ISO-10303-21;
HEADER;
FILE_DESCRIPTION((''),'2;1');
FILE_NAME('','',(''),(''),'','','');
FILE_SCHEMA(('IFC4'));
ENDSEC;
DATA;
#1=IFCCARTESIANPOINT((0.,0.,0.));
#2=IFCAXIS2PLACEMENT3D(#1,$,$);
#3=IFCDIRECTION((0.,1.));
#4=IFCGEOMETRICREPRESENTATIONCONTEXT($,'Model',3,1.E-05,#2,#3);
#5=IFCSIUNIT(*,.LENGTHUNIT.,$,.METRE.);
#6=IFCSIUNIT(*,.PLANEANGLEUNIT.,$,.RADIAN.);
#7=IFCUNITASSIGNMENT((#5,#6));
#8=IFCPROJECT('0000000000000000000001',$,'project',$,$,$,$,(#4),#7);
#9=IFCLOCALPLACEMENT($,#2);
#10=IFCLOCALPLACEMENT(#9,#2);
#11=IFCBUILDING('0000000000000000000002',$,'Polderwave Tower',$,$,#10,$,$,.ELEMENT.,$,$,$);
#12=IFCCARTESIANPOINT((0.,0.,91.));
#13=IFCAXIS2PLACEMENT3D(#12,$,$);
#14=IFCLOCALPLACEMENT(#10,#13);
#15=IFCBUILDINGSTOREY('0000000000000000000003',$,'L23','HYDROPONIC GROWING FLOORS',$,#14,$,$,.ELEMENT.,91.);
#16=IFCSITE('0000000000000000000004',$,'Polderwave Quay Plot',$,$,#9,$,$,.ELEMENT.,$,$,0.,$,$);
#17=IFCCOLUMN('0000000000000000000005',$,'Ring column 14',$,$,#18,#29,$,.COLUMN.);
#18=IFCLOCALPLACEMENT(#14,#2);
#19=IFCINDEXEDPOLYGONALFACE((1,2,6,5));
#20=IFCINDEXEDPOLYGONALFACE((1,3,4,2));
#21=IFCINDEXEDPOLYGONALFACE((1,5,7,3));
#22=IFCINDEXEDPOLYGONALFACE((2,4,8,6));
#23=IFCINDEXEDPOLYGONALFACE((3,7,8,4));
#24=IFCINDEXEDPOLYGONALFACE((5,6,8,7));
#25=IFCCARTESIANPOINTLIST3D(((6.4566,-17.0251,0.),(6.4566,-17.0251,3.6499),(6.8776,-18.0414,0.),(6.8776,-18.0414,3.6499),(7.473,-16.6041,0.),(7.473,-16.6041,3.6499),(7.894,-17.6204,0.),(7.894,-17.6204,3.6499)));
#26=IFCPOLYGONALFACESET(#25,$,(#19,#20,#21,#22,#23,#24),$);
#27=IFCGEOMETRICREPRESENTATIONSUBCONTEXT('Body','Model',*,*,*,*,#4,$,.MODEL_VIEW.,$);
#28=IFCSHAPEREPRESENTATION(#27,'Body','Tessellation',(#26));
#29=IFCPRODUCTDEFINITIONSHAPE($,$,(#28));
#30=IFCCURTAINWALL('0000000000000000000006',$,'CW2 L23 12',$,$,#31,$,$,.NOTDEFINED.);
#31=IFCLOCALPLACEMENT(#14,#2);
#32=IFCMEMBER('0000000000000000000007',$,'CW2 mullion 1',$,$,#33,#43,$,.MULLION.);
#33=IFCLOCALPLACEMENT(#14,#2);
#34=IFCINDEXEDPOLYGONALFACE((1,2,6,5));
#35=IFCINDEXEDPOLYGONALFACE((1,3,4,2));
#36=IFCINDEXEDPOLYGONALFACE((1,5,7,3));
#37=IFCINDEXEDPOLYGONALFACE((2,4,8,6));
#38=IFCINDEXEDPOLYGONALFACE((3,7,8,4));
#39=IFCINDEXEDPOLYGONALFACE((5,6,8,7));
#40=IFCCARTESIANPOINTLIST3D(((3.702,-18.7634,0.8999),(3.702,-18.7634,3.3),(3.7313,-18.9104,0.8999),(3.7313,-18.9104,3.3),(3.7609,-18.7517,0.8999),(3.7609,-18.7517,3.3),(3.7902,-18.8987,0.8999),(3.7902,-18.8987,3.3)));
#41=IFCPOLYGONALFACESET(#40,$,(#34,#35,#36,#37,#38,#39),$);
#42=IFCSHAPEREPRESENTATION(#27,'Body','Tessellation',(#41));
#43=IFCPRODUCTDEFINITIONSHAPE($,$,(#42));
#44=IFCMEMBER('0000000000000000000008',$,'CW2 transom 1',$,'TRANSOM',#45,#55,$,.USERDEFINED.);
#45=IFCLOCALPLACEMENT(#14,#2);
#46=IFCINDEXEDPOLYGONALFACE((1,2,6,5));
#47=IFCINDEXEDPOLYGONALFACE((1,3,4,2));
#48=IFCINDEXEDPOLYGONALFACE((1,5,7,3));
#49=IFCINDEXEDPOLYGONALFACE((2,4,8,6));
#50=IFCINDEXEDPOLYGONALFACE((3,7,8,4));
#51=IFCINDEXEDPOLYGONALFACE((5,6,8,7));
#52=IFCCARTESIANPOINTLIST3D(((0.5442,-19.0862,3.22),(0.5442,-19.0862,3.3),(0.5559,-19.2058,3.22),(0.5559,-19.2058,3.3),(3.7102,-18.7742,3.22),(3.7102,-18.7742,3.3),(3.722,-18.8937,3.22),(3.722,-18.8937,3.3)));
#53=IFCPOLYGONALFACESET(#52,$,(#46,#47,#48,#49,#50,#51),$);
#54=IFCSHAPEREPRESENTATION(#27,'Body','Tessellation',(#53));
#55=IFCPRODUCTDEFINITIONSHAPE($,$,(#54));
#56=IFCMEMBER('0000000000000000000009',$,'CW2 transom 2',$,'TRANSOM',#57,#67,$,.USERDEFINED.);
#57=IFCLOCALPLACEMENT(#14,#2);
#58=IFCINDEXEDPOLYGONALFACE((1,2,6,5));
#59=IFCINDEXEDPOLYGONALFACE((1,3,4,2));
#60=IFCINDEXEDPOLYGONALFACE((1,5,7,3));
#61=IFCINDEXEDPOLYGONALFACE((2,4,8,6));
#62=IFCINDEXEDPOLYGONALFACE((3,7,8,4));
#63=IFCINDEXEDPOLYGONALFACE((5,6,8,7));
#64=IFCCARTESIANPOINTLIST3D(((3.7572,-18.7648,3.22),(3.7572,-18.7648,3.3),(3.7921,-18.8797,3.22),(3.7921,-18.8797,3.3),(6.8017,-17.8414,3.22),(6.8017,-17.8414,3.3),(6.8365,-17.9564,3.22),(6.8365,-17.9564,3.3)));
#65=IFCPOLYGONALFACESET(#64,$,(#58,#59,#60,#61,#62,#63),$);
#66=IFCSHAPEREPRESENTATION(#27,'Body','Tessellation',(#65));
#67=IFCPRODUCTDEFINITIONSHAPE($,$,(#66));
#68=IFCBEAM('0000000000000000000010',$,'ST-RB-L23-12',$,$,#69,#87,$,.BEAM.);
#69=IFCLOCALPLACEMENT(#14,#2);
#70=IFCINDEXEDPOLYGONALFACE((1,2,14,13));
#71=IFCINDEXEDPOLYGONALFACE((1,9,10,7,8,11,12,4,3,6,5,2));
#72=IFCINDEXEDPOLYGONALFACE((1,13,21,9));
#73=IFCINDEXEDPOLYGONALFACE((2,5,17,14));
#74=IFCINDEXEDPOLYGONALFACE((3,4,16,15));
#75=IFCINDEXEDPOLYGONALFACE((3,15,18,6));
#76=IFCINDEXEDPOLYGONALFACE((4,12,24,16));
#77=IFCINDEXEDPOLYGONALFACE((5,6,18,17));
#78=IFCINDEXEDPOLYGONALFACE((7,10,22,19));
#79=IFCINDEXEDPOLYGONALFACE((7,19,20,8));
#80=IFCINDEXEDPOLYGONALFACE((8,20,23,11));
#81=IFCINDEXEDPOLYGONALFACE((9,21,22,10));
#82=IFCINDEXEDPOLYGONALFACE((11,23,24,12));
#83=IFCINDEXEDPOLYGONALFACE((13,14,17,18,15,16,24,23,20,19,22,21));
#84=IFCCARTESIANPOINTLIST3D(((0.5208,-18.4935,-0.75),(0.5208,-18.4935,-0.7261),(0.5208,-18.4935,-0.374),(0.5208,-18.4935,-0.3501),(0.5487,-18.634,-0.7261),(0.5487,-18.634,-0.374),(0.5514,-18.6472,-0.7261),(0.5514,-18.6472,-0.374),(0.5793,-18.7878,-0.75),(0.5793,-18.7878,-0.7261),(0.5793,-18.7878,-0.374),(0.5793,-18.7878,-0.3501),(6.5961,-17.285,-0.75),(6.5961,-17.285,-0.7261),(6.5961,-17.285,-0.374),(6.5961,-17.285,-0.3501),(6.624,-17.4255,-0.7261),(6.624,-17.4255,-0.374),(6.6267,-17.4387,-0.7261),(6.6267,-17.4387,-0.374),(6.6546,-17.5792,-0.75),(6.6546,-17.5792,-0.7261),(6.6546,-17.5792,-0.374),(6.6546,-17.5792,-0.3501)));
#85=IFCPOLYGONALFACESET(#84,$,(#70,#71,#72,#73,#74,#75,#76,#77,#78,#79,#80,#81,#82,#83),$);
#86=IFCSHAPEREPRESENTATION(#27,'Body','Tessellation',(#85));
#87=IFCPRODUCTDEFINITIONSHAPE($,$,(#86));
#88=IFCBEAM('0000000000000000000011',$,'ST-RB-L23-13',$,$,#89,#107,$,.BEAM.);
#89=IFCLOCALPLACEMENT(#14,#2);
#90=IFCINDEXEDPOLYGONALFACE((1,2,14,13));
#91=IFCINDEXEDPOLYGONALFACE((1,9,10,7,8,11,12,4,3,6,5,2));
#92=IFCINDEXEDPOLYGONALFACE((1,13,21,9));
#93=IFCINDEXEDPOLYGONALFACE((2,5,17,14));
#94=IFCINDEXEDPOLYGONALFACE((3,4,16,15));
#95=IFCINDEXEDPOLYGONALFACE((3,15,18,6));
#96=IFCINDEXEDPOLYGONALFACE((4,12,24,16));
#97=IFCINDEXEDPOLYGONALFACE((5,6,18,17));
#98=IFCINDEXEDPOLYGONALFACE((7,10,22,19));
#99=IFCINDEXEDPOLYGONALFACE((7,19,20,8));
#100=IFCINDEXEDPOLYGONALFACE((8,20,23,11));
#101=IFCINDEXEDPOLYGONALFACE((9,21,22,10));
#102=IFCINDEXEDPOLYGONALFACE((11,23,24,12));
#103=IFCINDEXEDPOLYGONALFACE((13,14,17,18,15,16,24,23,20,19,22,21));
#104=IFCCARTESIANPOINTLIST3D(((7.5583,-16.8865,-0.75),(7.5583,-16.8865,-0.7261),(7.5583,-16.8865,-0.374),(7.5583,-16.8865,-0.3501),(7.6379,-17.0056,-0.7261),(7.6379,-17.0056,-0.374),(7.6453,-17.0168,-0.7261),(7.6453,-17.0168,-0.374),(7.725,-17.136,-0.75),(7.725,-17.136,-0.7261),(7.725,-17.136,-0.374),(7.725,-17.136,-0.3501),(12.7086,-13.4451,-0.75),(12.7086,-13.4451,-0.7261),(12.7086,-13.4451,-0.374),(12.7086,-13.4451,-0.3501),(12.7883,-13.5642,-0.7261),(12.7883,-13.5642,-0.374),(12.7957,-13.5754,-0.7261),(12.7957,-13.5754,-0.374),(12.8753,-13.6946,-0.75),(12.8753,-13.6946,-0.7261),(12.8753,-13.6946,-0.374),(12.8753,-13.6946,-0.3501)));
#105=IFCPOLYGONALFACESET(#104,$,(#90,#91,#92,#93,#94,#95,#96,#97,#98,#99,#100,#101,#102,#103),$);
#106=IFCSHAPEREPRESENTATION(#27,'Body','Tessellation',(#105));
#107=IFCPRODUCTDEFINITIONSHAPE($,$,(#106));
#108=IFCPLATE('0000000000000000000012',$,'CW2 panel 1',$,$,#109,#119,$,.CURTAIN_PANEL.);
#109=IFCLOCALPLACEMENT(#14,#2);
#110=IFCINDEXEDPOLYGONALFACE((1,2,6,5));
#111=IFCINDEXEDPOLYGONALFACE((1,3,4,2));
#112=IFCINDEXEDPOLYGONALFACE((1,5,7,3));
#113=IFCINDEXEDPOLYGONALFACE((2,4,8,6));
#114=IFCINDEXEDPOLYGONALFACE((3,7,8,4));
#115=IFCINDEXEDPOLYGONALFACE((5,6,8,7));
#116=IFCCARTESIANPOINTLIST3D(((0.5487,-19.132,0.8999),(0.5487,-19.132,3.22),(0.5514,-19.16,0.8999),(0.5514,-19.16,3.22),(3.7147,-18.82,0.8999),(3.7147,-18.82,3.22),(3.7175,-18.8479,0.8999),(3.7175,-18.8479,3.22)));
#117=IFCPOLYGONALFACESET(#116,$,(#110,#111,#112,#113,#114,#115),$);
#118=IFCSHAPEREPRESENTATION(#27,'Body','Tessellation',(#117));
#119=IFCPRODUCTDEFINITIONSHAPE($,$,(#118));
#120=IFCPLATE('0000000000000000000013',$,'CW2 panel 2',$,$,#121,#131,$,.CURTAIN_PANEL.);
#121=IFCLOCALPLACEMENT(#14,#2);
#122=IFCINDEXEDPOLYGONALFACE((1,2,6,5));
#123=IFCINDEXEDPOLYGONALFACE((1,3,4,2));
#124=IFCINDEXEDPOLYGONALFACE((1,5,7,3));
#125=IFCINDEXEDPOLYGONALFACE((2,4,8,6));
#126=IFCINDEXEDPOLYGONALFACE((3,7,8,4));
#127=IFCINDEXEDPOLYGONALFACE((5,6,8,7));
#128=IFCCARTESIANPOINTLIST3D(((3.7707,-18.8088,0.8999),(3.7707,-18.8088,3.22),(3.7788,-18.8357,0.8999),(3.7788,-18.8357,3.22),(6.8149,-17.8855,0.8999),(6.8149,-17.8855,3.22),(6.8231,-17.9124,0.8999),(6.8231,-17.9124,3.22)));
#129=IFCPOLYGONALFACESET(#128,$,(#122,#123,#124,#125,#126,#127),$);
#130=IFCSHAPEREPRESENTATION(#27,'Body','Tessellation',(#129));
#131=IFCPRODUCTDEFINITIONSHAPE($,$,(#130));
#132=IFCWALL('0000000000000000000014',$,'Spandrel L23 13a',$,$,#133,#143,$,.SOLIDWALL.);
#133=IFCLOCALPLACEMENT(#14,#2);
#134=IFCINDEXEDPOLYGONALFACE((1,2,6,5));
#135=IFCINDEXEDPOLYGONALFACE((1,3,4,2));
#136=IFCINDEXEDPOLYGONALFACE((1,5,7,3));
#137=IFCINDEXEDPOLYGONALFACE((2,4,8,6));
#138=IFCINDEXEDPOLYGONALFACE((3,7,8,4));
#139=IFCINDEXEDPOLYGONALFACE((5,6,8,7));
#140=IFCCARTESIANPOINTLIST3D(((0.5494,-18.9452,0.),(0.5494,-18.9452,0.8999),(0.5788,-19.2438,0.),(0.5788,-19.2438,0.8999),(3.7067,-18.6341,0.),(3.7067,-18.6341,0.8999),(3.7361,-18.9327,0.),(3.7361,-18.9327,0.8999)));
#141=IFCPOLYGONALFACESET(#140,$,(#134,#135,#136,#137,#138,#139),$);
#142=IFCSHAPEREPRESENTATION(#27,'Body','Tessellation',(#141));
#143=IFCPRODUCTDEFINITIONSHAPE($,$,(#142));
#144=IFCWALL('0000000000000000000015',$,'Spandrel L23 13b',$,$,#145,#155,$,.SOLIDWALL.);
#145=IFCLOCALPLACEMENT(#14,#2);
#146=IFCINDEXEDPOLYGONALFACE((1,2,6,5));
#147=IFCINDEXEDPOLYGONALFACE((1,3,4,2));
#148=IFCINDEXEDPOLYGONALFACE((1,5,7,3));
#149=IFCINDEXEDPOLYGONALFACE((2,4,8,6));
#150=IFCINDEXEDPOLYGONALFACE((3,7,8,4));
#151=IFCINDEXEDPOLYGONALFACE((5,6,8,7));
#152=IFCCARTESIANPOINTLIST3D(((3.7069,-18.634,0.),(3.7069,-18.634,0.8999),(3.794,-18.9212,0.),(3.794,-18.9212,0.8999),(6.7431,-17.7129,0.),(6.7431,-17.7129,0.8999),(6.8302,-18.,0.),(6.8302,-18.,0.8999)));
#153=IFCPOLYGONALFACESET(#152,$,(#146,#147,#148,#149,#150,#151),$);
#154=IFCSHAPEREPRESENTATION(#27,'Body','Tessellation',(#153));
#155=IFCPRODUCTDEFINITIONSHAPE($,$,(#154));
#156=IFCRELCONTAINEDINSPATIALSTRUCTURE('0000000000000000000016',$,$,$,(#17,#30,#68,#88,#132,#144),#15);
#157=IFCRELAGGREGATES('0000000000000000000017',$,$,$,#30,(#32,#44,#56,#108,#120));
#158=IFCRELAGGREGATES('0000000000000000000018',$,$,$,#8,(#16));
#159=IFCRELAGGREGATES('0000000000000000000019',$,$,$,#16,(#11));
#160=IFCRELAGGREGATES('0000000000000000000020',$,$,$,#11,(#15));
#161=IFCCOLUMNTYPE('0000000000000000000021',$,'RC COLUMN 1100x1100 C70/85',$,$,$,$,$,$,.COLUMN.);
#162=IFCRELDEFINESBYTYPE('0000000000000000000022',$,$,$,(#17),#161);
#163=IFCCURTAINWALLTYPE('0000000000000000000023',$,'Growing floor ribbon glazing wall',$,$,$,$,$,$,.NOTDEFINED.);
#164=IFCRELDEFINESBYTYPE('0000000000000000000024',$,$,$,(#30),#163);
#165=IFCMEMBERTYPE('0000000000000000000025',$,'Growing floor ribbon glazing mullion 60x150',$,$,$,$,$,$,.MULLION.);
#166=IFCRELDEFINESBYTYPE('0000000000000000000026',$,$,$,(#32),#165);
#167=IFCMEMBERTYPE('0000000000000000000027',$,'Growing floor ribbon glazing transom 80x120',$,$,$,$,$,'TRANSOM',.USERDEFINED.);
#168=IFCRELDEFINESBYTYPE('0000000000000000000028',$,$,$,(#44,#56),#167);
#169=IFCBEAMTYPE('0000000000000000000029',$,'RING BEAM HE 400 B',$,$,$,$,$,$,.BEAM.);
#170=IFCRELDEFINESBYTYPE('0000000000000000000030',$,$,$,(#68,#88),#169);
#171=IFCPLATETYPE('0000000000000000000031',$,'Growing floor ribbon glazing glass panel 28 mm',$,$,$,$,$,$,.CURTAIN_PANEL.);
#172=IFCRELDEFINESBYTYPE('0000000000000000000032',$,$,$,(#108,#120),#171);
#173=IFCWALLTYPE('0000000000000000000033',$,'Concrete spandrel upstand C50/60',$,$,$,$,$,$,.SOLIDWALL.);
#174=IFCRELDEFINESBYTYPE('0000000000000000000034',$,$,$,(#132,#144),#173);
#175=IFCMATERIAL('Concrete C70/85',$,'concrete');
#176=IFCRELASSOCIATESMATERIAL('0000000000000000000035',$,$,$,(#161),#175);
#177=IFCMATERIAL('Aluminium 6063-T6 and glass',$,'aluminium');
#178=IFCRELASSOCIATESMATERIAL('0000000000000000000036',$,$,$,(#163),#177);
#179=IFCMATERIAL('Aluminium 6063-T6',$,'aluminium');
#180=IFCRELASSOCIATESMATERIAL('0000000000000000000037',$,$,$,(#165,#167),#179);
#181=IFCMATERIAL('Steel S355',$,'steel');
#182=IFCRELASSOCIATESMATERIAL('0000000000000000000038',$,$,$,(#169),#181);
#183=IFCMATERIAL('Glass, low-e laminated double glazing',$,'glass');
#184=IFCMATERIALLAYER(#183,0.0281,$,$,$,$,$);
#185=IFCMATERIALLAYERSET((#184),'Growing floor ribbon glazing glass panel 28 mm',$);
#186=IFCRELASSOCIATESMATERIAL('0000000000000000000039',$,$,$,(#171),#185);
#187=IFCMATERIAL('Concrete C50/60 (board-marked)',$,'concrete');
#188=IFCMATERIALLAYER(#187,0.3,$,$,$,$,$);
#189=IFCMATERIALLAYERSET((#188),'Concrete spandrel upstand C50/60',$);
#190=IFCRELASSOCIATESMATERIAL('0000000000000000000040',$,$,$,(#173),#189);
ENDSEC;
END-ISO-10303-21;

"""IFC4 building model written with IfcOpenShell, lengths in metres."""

from ifc_helpers import new_model, si_unit, direction, frame, frame_2d, origin, origin_2d, place, context, subcontext, project, spatial, rectangle, i_section, extrude, material, layer, layer_set, material_profile, profile_set, type_object, element, aggregate, save


model = new_model("IFC4")

# Units and contexts
model_context = context("Model", 3, precision=1e-05, world=origin(), true_north=direction((0.0, 1.0)))
body_context = subcontext(model_context, "Body", "Model", "MODEL_VIEW")
ifc_project = project(units=[si_unit("LENGTHUNIT", "METRE"), si_unit("PLANEANGLEUNIT", "RADIAN")], contexts=[model_context])

# Site, building, storey
site_placement = place(None, origin())
site = spatial("IfcSite", under=ifc_project, at=site_placement, Name="Polderwave Quay Plot", CompositionType="ELEMENT", RefElevation=0.0)
building_placement = place(site_placement, origin())
building = spatial("IfcBuilding", under=site, at=building_placement, Name="Polderwave Tower", CompositionType="ELEMENT")
storey_placement = place(building_placement, frame((0.0, 0.0, 91.0)))
storey = spatial("IfcBuildingStorey", under=building, at=storey_placement, Name="L23", Description="HYDROPONIC GROWING FLOORS", CompositionType="ELEMENT", Elevation=91.0)

# Column
ifc_material_1 = material(Name="Concrete C70/85", Category="concrete")
ifc_material_profile_1 = material_profile(ifc_material_1, rectangle(XDim=1.1001, YDim=1.1001, at=origin_2d()), Name="RC 1100x1100")
ifc_profile_set_1 = profile_set([ifc_material_profile_1], Name="Concrete C70/85")
column_type = type_object("IfcColumnType", Name="RC COLUMN 1100x1100 C70/85", PredefinedType="COLUMN", material=ifc_profile_set_1)
column_placement = place(storey_placement, frame((7.1753, -17.3228, 0.0), z_axis=(0.0, 0.0, 1.0), x_axis=(0.382683, -0.92388, 0.0)))
element("IfcColumn", 1, at=column_placement, inside=storey, type_object=column_type, Name="Ring column 14", PredefinedType="COLUMN", context=body_context, shape_type="SweptSolid", body=[
    extrude(rectangle(XDim=1.1001, YDim=1.1001, at=origin_2d()), origin(), (0.0, 0.0, 1.0), 3.6499),
])

# Curtain wall, members
ifc_material_2 = material(Name="Aluminium 6063-T6 and glass", Category="aluminium")
curtain_wall_type = type_object("IfcCurtainWallType", Name="Growing floor ribbon glazing wall", PredefinedType="NOTDEFINED", material=ifc_material_2)
curtain_wall_placement = place(storey_placement, origin())
curtain_wall = element("IfcCurtainWall", 2, at=curtain_wall_placement, inside=storey, type_object=curtain_wall_type, Name="CW2 L23 12", PredefinedType="NOTDEFINED")
ifc_material_3 = material(Name="Aluminium 6063-T6", Category="aluminium")
ifc_material_profile_2 = material_profile(ifc_material_3, rectangle(XDim=0.1499, YDim=0.0601, at=origin_2d()), Name="AL 60x150")
ifc_profile_set_2 = profile_set([ifc_material_profile_2], Name="Aluminium 6063-T6")
member_type_1 = type_object("IfcMemberType", Name="Growing floor ribbon glazing mullion 60x150", PredefinedType="MULLION", material=ifc_profile_set_2)
member_1_placement = place(storey_placement, frame((3.7461, -18.8311, 0.8999), z_axis=(0.0, 0.0, 1.0), x_axis=(-0.195097, 0.980784, 0.0)))
member_1 = element("IfcMember", 3, at=member_1_placement, type_object=member_type_1, Name="CW2 mullion 1", PredefinedType="MULLION", context=body_context, shape_type="SweptSolid", body=[
    extrude(rectangle(XDim=0.1499, YDim=0.0601, at=origin_2d()), origin(), (0.0, 0.0, 1.0), 2.4001),
])
ifc_material_profile_3 = material_profile(ifc_material_3, rectangle(XDim=0.1201, YDim=0.0801, at=origin_2d()), Name="AL 80x120")
ifc_profile_set_3 = profile_set([ifc_material_profile_3], Name="Aluminium 6063-T6")
member_type_2 = type_object("IfcMemberType", Name="Growing floor ribbon glazing transom 80x120", ElementType="TRANSOM", PredefinedType="USERDEFINED", material=ifc_profile_set_3)
member_2_placement = place(storey_placement, frame((0.55, -19.146, 3.26), z_axis=(0.995179, 0.098075, 0.0), x_axis=(-0.098075, 0.995179, 0.0)))
member_2 = element("IfcMember", 4, at=member_2_placement, type_object=member_type_2, Name="CW2 transom 1", ObjectType="TRANSOM", PredefinedType="USERDEFINED", context=body_context, shape_type="SweptSolid", body=[
    extrude(rectangle(XDim=0.1201, YDim=0.0801, at=origin_2d()), origin(), (0.0, 0.0, 1.0), 3.1814),
])
member_3_placement = place(storey_placement, frame((3.7747, -18.8223, 3.26), z_axis=(0.956956, 0.290233, 0.0), x_axis=(-0.290233, 0.956956, 0.0)))
member_3 = element("IfcMember", 5, at=member_3_placement, type_object=member_type_2, Name="CW2 transom 2", ObjectType="TRANSOM", PredefinedType="USERDEFINED", context=body_context, shape_type="SweptSolid", body=[
    extrude(rectangle(XDim=0.1201, YDim=0.0801, at=origin_2d()), origin(), (0.0, 0.0, 1.0), 3.1814),
])

# Beams
ifc_material_4 = material(Name="Steel S355", Category="steel")
ifc_material_profile_4 = material_profile(ifc_material_4, i_section(OverallWidth=0.3, OverallDepth=0.3999, WebThickness=0.0134, FlangeThickness=0.0239, at=origin_2d()), Name="HE 400 B")
ifc_profile_set_4 = profile_set([ifc_material_profile_4], Name="Steel S355")
beam_type = type_object("IfcBeamType", Name="RING BEAM HE 400 B", PredefinedType="BEAM", material=ifc_profile_set_4)
for number, where, z_axis, x_axis, name in (
    (6, (0.55, -18.6406, -0.55), (0.980783, 0.1951, 0.0), (-0.1951, 0.980783, 0.0), "ST-RB-L23-12"),
    (7, (7.6416, -17.0112, -0.55), (0.831468, 0.555573, 0.0), (-0.555573, 0.831468, 0.0), "ST-RB-L23-13"),
):
    element("IfcBeam", number, at=place(storey_placement, frame(where, z_axis=z_axis, x_axis=x_axis)), inside=storey, type_object=beam_type, Name=name, PredefinedType="BEAM", context=body_context, shape_type="SweptSolid", body=[
        extrude(i_section(OverallWidth=0.3, OverallDepth=0.3999, WebThickness=0.0134, FlangeThickness=0.0239, at=origin_2d()), origin(), (0.0, 0.0, 1.0), 6.1943),
    ])

# Plates
ifc_material_5 = material(Name="Glass, low-e laminated double glazing", Category="glass")
ifc_layer_1 = layer(ifc_material_5, 0.0281)
ifc_layer_set_1 = layer_set([ifc_layer_1], Name="Growing floor ribbon glazing glass panel 28 mm")
plate_type = type_object("IfcPlateType", Name="Growing floor ribbon glazing glass panel 28 mm", PredefinedType="CURTAIN_PANEL", material=ifc_layer_set_1)
plate_1_placement = place(storey_placement, frame((2.1331, -18.99, 0.8999), z_axis=(0.0, 0.0, 1.0), x_axis=(0.995178, 0.098085, 0.0)))
plate_1 = element("IfcPlate", 8, at=plate_1_placement, type_object=plate_type, Name="CW2 panel 1", PredefinedType="CURTAIN_PANEL", context=body_context, shape_type="SweptSolid", body=[
    extrude(rectangle(XDim=3.1814, YDim=0.0281, at=origin_2d()), origin(), (0.0, 0.0, 1.0), 2.3201),
])
plate_2_placement = place(storey_placement, frame((5.2969, -18.3606, 0.8999), z_axis=(0.0, 0.0, 1.0), x_axis=(0.956956, 0.290233, 0.0)))
plate_2 = element("IfcPlate", 9, at=plate_2_placement, type_object=plate_type, Name="CW2 panel 2", PredefinedType="CURTAIN_PANEL", context=body_context, shape_type="SweptSolid", body=[
    extrude(rectangle(XDim=3.1812, YDim=0.0281, at=origin_2d()), origin(), (0.0, 0.0, 1.0), 2.3201),
])
aggregate(curtain_wall, [member_1, member_2, member_3, plate_1, plate_2])

# Walls
ifc_material_6 = material(Name="Concrete C50/60 (board-marked)", Category="concrete")
ifc_layer_2 = layer(ifc_material_6, 0.3)
ifc_layer_set_2 = layer_set([ifc_layer_2], Name="Concrete spandrel upstand C50/60")
wall_type_1 = type_object("IfcWallType", Name="Concrete spandrel upstand C50/60", PredefinedType="SOLIDWALL", material=ifc_layer_set_2)
wall_1_placement = place(storey_placement, frame((0.564, -19.0945, 0.0), z_axis=(0.0, 0.0, 1.0), x_axis=(0.995182, 0.098041, 0.0)))
element("IfcWall", 10, at=wall_1_placement, inside=storey, type_object=wall_type_1, Name="Spandrel L23 13a", PredefinedType="SOLIDWALL", context=body_context, shape_type="SweptSolid", body=[
    extrude(rectangle(XDim=3.1726, YDim=0.3, at=frame_2d((1.5864, 0.0))), origin(), (0.0, 0.0, 1.0), 0.8999),
])
wall_2_placement = place(storey_placement, frame((3.7505, -18.7776, 0.0), z_axis=(0.0, 0.0, 1.0), x_axis=(0.956928, 0.290326, 0.0)))
element("IfcWall", 11, at=wall_2_placement, inside=storey, type_object=wall_type_1, Name="Spandrel L23 13b", PredefinedType="SOLIDWALL", context=body_context, shape_type="SweptSolid", body=[
    extrude(rectangle(XDim=3.1729, YDim=0.3, at=frame_2d((1.5864, 0.0))), origin(), (0.0, 0.0, 1.0), 0.8999),
])

save(model, "model.ifc")
